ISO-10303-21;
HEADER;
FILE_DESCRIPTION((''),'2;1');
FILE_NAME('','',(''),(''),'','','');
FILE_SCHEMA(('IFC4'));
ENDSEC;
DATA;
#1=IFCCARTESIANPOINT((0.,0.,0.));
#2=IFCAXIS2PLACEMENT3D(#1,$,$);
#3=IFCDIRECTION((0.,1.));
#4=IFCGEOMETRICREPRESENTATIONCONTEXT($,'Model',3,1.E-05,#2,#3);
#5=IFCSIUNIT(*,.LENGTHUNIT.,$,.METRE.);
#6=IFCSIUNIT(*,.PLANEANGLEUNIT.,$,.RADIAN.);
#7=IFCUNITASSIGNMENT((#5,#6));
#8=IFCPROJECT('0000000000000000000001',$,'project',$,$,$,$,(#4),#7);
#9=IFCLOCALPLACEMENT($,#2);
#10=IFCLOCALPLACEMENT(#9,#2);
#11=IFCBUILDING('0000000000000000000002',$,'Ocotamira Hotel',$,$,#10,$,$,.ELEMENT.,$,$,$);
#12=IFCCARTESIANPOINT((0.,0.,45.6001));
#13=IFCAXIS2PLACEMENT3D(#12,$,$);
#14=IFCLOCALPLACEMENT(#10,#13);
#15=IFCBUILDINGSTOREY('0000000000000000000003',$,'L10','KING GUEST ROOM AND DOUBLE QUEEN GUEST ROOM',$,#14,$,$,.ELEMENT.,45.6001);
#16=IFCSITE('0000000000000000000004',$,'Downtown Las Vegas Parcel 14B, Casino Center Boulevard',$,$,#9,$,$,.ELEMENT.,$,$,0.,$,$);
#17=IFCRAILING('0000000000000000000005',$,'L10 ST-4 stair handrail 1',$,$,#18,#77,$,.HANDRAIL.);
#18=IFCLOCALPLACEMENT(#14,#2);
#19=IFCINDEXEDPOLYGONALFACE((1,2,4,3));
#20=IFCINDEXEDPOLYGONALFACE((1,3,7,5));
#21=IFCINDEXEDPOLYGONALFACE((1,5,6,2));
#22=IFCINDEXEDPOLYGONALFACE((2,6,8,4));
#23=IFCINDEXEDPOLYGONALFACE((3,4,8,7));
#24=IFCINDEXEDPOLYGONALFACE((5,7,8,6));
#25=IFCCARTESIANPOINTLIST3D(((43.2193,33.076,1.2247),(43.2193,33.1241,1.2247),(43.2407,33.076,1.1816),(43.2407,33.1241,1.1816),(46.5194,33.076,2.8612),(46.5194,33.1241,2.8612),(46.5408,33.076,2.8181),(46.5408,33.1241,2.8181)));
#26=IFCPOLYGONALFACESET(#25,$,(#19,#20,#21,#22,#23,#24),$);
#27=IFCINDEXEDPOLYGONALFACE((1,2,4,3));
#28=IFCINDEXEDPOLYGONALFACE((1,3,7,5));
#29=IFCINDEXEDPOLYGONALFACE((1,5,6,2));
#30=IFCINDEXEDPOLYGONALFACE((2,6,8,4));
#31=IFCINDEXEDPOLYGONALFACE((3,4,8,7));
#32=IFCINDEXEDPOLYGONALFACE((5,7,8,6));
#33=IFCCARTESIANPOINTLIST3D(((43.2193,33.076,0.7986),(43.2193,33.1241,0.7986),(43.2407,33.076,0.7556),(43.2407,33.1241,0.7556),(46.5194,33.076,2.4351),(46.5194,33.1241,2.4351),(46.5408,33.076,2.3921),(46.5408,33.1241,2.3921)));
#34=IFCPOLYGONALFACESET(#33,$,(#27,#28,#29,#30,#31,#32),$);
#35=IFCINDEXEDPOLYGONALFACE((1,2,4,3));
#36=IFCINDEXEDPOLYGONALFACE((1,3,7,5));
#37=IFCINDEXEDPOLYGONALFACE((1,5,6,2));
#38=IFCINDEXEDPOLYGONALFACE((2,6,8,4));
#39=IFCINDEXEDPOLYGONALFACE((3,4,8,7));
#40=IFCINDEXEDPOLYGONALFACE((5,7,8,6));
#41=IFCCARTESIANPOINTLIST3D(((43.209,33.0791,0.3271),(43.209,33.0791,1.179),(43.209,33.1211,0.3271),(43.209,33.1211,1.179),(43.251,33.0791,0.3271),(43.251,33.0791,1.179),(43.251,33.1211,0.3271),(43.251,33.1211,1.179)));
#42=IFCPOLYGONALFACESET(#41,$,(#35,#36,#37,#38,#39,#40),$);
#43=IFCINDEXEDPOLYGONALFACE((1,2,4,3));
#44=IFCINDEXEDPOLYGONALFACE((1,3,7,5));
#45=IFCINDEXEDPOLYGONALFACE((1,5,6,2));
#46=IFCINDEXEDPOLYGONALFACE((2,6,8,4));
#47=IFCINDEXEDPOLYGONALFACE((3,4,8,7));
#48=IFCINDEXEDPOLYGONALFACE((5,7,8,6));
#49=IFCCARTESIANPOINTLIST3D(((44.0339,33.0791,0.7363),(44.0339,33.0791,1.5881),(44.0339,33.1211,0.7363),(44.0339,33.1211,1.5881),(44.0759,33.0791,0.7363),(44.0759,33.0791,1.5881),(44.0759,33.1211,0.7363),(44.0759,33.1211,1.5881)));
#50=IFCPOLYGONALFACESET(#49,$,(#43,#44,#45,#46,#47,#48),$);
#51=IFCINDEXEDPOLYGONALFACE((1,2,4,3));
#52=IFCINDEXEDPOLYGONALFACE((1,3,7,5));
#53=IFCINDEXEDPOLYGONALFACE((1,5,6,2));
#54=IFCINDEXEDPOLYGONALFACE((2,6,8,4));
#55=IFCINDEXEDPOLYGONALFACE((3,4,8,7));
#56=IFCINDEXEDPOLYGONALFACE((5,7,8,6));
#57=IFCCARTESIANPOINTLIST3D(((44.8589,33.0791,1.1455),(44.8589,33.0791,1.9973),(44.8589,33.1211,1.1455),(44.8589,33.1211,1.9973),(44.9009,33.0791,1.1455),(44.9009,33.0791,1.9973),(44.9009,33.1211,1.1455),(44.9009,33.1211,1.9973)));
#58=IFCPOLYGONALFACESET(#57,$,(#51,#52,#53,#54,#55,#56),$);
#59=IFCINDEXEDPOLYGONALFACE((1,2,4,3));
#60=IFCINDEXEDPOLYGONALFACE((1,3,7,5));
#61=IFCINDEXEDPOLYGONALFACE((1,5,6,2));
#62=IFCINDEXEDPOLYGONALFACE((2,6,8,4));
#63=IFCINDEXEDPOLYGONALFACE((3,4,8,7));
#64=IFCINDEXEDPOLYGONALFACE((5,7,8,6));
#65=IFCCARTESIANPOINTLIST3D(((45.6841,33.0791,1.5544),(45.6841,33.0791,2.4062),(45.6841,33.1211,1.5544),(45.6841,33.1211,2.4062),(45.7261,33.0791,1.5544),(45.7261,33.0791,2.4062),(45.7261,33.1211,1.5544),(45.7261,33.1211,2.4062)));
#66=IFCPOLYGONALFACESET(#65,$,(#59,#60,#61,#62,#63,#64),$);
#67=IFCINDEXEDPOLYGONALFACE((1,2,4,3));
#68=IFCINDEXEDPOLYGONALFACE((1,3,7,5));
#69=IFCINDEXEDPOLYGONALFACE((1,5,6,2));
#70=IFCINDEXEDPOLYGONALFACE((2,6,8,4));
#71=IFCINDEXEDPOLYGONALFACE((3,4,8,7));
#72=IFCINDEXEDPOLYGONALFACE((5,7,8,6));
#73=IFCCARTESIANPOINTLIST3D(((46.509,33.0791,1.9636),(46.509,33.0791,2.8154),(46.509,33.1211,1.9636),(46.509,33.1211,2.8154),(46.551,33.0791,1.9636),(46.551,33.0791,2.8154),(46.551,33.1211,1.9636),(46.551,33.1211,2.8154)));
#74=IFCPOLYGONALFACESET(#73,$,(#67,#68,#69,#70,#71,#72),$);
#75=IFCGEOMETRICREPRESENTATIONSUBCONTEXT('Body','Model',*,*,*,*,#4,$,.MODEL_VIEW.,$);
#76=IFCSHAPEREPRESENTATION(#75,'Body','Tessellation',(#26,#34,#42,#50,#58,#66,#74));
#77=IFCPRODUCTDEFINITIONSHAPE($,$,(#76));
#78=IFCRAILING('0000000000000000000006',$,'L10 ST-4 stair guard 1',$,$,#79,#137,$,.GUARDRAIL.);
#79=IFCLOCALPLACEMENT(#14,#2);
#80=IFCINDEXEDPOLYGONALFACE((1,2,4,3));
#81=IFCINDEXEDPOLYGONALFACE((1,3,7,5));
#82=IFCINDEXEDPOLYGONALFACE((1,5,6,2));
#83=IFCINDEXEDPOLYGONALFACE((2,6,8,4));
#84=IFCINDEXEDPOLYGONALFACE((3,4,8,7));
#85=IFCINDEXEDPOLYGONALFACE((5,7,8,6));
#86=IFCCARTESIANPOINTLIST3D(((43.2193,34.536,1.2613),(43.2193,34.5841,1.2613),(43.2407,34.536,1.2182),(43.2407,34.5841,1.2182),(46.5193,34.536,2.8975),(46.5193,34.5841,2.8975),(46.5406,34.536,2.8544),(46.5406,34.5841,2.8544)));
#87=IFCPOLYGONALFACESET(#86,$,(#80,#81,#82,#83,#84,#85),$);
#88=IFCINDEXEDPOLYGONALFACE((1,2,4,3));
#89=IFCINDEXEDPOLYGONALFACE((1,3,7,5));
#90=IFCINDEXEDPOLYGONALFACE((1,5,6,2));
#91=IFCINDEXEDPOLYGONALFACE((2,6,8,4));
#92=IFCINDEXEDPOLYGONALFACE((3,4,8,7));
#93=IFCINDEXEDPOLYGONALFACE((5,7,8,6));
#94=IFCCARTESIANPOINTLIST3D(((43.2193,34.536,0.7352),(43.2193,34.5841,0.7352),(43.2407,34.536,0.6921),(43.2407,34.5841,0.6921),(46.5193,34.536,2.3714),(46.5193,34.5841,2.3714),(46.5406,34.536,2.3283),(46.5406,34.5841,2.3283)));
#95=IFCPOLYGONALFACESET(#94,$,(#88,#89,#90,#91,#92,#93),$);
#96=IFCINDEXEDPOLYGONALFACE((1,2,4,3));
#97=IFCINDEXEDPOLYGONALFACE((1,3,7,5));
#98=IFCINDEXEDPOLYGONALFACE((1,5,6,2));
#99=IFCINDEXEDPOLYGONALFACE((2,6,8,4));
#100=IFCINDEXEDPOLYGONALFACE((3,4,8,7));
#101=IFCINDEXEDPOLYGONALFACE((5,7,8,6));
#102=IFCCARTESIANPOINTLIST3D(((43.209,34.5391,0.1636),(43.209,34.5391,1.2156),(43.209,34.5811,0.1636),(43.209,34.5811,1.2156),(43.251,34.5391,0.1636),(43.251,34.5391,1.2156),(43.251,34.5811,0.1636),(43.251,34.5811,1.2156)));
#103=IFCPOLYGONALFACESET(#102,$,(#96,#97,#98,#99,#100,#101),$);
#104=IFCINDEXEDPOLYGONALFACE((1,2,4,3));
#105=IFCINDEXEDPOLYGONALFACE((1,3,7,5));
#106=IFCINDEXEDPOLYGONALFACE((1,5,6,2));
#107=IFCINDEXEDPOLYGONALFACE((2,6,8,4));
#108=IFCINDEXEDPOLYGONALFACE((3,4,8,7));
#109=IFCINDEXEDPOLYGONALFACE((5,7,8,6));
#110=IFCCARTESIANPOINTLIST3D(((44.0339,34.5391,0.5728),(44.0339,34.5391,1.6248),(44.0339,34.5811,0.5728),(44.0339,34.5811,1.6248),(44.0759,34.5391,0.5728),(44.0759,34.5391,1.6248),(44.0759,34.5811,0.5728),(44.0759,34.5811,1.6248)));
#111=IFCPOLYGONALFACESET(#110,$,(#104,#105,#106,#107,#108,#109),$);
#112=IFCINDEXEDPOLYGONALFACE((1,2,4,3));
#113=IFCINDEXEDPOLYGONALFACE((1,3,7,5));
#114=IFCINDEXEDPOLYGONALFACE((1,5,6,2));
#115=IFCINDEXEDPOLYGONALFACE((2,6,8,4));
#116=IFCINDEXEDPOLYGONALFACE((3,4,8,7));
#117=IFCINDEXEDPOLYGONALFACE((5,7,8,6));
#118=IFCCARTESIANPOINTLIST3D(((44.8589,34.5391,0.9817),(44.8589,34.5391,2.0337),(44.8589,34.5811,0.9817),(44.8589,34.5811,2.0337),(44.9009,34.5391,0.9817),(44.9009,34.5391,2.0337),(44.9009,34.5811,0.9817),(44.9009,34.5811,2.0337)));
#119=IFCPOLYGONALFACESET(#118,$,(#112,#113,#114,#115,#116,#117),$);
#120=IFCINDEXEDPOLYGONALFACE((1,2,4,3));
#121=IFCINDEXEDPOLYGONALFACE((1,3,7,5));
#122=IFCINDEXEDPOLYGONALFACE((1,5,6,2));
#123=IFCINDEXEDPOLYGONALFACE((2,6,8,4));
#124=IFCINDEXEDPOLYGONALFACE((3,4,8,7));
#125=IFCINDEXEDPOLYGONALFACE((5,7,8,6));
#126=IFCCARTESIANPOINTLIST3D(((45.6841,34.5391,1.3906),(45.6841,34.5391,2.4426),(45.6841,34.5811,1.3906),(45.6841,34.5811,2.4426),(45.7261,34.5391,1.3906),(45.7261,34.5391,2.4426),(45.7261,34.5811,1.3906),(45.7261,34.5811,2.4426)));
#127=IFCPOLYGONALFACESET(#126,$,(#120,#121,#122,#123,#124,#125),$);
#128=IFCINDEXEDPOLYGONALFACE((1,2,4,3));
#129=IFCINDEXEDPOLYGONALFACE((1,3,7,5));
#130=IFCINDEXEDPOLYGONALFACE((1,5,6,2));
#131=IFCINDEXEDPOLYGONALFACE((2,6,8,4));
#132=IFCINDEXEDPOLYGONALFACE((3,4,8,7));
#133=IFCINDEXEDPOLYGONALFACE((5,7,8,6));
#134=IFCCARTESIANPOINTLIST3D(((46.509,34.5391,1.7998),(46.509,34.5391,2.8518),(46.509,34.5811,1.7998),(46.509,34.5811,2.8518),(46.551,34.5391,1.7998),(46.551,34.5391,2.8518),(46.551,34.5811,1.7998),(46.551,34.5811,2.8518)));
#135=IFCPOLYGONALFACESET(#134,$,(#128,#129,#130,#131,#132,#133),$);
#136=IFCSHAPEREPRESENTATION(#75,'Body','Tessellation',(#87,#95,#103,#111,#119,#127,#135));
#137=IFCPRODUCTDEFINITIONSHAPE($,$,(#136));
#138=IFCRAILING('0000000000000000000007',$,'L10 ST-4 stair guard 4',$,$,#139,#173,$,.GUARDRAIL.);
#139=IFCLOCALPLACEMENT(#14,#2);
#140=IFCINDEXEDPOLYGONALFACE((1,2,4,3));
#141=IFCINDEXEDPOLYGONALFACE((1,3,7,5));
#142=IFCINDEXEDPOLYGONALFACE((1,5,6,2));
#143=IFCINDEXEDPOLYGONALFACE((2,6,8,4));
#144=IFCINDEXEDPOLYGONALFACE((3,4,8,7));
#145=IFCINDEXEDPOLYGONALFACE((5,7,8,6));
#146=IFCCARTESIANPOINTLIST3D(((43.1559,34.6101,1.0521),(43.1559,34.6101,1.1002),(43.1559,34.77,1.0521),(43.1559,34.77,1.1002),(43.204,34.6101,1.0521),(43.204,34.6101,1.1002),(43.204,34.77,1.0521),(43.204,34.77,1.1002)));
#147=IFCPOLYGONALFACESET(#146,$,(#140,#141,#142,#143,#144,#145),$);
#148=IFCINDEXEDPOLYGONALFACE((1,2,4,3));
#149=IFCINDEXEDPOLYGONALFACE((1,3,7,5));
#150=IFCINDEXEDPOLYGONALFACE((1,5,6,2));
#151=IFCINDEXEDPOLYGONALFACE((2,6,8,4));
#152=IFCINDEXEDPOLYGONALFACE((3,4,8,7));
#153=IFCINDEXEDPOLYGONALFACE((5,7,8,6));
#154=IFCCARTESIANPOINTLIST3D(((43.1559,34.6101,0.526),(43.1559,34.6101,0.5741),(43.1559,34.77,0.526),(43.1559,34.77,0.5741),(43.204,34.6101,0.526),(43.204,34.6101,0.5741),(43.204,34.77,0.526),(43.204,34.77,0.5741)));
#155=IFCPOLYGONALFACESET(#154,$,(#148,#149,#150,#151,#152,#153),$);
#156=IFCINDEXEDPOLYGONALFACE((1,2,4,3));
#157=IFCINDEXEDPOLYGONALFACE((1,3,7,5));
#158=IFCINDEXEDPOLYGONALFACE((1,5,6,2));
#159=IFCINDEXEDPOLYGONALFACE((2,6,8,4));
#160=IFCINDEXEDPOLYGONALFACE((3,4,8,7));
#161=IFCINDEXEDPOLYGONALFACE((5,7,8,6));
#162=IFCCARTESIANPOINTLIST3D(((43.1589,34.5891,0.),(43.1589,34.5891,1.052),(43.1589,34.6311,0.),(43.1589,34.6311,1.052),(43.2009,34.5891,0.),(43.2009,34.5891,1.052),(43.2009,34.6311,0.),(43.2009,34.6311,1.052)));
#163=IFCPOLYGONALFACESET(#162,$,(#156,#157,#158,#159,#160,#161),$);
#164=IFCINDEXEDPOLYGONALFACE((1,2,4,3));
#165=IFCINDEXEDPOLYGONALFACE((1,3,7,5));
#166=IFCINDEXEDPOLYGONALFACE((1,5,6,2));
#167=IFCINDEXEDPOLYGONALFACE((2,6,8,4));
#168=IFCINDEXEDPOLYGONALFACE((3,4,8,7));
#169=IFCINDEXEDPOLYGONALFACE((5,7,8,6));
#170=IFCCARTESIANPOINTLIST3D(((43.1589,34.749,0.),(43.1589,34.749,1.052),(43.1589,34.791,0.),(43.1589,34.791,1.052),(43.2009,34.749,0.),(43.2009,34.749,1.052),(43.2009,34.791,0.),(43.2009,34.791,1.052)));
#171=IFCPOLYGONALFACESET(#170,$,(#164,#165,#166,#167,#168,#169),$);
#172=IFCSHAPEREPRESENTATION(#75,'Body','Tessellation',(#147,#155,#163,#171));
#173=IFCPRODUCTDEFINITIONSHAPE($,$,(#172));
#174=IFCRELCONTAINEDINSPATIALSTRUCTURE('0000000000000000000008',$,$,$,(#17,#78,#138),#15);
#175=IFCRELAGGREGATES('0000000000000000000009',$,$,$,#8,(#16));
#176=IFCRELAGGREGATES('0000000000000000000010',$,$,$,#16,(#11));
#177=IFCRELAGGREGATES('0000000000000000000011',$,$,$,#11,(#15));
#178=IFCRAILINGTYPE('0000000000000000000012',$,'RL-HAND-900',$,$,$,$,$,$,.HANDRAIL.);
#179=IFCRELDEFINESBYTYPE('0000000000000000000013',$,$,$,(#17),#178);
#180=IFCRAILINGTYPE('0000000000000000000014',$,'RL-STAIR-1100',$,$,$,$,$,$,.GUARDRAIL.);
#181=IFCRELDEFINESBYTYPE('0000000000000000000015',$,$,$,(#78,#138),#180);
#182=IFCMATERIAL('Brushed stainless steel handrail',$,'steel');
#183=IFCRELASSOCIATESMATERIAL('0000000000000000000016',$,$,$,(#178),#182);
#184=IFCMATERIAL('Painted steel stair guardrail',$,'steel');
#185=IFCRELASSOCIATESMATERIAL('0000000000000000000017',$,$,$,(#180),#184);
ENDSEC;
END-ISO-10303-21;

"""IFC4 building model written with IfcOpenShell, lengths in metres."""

from ifc_helpers import new_model, si_unit, direction, frame, origin, origin_2d, place, context, subcontext, project, spatial, rectangle, extrude, material, type_object, element, save


model = new_model("IFC4")

# Units and contexts
model_context = context("Model", 3, precision=1e-05, world=origin(), true_north=direction((0.0, 1.0)))
body_context = subcontext(model_context, "Body", "Model", "MODEL_VIEW")
ifc_project = project(units=[si_unit("LENGTHUNIT", "METRE"), si_unit("PLANEANGLEUNIT", "RADIAN")], contexts=[model_context])

# Site, building, storey
site_placement = place(None, origin())
site = spatial("IfcSite", under=ifc_project, at=site_placement, Name="Downtown Las Vegas Parcel 14B, Casino Center Boulevard", CompositionType="ELEMENT", RefElevation=0.0)
building_placement = place(site_placement, origin())
building = spatial("IfcBuilding", under=site, at=building_placement, Name="Ocotamira Hotel", CompositionType="ELEMENT")
storey_placement = place(building_placement, frame((0.0, 0.0, 45.6001)))
storey = spatial("IfcBuildingStorey", under=building, at=storey_placement, Name="L10", Description="KING GUEST ROOM AND DOUBLE QUEEN GUEST ROOM", CompositionType="ELEMENT", Elevation=45.6001)

# Railings
ifc_material_1 = material(Name="Painted steel stair guardrail", Category="steel")
ifc_material_2 = material(Name="Brushed stainless steel handrail", Category="steel")
railing_type_1 = type_object("IfcRailingType", Name="RL-HAND-900", PredefinedType="HANDRAIL", material=ifc_material_2)
railing_1_placement = place(storey_placement, frame((43.23, 33.1001, 0.3271)))
element("IfcRailing", 1, at=railing_1_placement, inside=storey, type_object=railing_type_1, Name="L10 ST-4 stair handrail 1", PredefinedType="HANDRAIL", context=body_context, shape_type="SweptSolid", body=[
    extrude(rectangle(XDim=0.0481, YDim=0.0481, at=origin_2d()), frame((0.0, 0.0, 0.876), z_axis=(0.895894, 0.0, 0.444268), x_axis=(0.0, 1.0, 0.0)), (0.0, 0.0, 1.0), 3.6836),
    extrude(rectangle(XDim=0.0481, YDim=0.0481, at=origin_2d()), frame((0.0, 0.0, 0.45), z_axis=(0.895894, 0.0, 0.444268), x_axis=(0.0, 1.0, 0.0)), (0.0, 0.0, 1.0), 3.6836),
    extrude(rectangle(XDim=0.042, YDim=0.042, at=origin_2d()), origin(), (0.0, 0.0, 1.0), 0.8518),
    extrude(rectangle(XDim=0.042, YDim=0.042, at=origin_2d()), frame((0.825, 0.0, 0.4092)), (0.0, 0.0, 1.0), 0.8518),
    extrude(rectangle(XDim=0.042, YDim=0.042, at=origin_2d()), frame((1.6499, 0.0, 0.8184)), (0.0, 0.0, 1.0), 0.8518),
    extrude(rectangle(XDim=0.042, YDim=0.042, at=origin_2d()), frame((2.4751, 0.0, 1.2273)), (0.0, 0.0, 1.0), 0.8518),
    extrude(rectangle(XDim=0.042, YDim=0.042, at=origin_2d()), frame((3.3, 0.0, 1.6365)), (0.0, 0.0, 1.0), 0.8518),
])
railing_type_2 = type_object("IfcRailingType", Name="RL-STAIR-1100", PredefinedType="GUARDRAIL", material=ifc_material_1)
railing_2_placement = place(storey_placement, frame((43.23, 34.5601, 0.1636)))
element("IfcRailing", 2, at=railing_2_placement, inside=storey, type_object=railing_type_2, Name="L10 ST-4 stair guard 1", PredefinedType="GUARDRAIL", context=body_context, shape_type="SweptSolid", body=[
    extrude(rectangle(XDim=0.0481, YDim=0.0481, at=origin_2d()), frame((0.0, 0.0, 1.0762), z_axis=(0.89592, 0.0, 0.444215), x_axis=(0.0, 1.0, 0.0)), (0.0, 0.0, 1.0), 3.6833),
    extrude(rectangle(XDim=0.0481, YDim=0.0481, at=origin_2d()), frame((0.0, 0.0, 0.55), z_axis=(0.89592, 0.0, 0.444215), x_axis=(0.0, 1.0, 0.0)), (0.0, 0.0, 1.0), 3.6833),
    extrude(rectangle(XDim=0.042, YDim=0.042, at=origin_2d()), origin(), (0.0, 0.0, 1.0), 1.052),
    extrude(rectangle(XDim=0.042, YDim=0.042, at=origin_2d()), frame((0.825, 0.0, 0.4092)), (0.0, 0.0, 1.0), 1.052),
    extrude(rectangle(XDim=0.042, YDim=0.042, at=origin_2d()), frame((1.6499, 0.0, 0.8181)), (0.0, 0.0, 1.0), 1.052),
    extrude(rectangle(XDim=0.042, YDim=0.042, at=origin_2d()), frame((2.4751, 0.0, 1.2271)), (0.0, 0.0, 1.0), 1.052),
    extrude(rectangle(XDim=0.042, YDim=0.042, at=origin_2d()), frame((3.3, 0.0, 1.6362)), (0.0, 0.0, 1.0), 1.052),
])
railing_3_placement = place(storey_placement, frame((43.1799, 34.6101, 0.0)))
element("IfcRailing", 3, at=railing_3_placement, inside=storey, type_object=railing_type_2, Name="L10 ST-4 stair guard 4", PredefinedType="GUARDRAIL", context=body_context, shape_type="SweptSolid", body=[
    extrude(rectangle(XDim=0.0481, YDim=0.0481, at=origin_2d()), frame((0.0, 0.0, 1.0762), z_axis=(0.0, 1.0, 0.0), x_axis=(-1.0, 0.0, 0.0)), (0.0, 0.0, 1.0), 0.1599),
    extrude(rectangle(XDim=0.0481, YDim=0.0481, at=origin_2d()), frame((0.0, 0.0, 0.55), z_axis=(0.0, 1.0, 0.0), x_axis=(-1.0, 0.0, 0.0)), (0.0, 0.0, 1.0), 0.1599),
    extrude(rectangle(XDim=0.042, YDim=0.042, at=origin_2d()), origin(), (0.0, 0.0, 1.0), 1.052),
    extrude(rectangle(XDim=0.042, YDim=0.042, at=origin_2d()), frame((0.0, 0.1599, 0.0)), (0.0, 0.0, 1.0), 1.052),
])

save(model, "model.ifc")
